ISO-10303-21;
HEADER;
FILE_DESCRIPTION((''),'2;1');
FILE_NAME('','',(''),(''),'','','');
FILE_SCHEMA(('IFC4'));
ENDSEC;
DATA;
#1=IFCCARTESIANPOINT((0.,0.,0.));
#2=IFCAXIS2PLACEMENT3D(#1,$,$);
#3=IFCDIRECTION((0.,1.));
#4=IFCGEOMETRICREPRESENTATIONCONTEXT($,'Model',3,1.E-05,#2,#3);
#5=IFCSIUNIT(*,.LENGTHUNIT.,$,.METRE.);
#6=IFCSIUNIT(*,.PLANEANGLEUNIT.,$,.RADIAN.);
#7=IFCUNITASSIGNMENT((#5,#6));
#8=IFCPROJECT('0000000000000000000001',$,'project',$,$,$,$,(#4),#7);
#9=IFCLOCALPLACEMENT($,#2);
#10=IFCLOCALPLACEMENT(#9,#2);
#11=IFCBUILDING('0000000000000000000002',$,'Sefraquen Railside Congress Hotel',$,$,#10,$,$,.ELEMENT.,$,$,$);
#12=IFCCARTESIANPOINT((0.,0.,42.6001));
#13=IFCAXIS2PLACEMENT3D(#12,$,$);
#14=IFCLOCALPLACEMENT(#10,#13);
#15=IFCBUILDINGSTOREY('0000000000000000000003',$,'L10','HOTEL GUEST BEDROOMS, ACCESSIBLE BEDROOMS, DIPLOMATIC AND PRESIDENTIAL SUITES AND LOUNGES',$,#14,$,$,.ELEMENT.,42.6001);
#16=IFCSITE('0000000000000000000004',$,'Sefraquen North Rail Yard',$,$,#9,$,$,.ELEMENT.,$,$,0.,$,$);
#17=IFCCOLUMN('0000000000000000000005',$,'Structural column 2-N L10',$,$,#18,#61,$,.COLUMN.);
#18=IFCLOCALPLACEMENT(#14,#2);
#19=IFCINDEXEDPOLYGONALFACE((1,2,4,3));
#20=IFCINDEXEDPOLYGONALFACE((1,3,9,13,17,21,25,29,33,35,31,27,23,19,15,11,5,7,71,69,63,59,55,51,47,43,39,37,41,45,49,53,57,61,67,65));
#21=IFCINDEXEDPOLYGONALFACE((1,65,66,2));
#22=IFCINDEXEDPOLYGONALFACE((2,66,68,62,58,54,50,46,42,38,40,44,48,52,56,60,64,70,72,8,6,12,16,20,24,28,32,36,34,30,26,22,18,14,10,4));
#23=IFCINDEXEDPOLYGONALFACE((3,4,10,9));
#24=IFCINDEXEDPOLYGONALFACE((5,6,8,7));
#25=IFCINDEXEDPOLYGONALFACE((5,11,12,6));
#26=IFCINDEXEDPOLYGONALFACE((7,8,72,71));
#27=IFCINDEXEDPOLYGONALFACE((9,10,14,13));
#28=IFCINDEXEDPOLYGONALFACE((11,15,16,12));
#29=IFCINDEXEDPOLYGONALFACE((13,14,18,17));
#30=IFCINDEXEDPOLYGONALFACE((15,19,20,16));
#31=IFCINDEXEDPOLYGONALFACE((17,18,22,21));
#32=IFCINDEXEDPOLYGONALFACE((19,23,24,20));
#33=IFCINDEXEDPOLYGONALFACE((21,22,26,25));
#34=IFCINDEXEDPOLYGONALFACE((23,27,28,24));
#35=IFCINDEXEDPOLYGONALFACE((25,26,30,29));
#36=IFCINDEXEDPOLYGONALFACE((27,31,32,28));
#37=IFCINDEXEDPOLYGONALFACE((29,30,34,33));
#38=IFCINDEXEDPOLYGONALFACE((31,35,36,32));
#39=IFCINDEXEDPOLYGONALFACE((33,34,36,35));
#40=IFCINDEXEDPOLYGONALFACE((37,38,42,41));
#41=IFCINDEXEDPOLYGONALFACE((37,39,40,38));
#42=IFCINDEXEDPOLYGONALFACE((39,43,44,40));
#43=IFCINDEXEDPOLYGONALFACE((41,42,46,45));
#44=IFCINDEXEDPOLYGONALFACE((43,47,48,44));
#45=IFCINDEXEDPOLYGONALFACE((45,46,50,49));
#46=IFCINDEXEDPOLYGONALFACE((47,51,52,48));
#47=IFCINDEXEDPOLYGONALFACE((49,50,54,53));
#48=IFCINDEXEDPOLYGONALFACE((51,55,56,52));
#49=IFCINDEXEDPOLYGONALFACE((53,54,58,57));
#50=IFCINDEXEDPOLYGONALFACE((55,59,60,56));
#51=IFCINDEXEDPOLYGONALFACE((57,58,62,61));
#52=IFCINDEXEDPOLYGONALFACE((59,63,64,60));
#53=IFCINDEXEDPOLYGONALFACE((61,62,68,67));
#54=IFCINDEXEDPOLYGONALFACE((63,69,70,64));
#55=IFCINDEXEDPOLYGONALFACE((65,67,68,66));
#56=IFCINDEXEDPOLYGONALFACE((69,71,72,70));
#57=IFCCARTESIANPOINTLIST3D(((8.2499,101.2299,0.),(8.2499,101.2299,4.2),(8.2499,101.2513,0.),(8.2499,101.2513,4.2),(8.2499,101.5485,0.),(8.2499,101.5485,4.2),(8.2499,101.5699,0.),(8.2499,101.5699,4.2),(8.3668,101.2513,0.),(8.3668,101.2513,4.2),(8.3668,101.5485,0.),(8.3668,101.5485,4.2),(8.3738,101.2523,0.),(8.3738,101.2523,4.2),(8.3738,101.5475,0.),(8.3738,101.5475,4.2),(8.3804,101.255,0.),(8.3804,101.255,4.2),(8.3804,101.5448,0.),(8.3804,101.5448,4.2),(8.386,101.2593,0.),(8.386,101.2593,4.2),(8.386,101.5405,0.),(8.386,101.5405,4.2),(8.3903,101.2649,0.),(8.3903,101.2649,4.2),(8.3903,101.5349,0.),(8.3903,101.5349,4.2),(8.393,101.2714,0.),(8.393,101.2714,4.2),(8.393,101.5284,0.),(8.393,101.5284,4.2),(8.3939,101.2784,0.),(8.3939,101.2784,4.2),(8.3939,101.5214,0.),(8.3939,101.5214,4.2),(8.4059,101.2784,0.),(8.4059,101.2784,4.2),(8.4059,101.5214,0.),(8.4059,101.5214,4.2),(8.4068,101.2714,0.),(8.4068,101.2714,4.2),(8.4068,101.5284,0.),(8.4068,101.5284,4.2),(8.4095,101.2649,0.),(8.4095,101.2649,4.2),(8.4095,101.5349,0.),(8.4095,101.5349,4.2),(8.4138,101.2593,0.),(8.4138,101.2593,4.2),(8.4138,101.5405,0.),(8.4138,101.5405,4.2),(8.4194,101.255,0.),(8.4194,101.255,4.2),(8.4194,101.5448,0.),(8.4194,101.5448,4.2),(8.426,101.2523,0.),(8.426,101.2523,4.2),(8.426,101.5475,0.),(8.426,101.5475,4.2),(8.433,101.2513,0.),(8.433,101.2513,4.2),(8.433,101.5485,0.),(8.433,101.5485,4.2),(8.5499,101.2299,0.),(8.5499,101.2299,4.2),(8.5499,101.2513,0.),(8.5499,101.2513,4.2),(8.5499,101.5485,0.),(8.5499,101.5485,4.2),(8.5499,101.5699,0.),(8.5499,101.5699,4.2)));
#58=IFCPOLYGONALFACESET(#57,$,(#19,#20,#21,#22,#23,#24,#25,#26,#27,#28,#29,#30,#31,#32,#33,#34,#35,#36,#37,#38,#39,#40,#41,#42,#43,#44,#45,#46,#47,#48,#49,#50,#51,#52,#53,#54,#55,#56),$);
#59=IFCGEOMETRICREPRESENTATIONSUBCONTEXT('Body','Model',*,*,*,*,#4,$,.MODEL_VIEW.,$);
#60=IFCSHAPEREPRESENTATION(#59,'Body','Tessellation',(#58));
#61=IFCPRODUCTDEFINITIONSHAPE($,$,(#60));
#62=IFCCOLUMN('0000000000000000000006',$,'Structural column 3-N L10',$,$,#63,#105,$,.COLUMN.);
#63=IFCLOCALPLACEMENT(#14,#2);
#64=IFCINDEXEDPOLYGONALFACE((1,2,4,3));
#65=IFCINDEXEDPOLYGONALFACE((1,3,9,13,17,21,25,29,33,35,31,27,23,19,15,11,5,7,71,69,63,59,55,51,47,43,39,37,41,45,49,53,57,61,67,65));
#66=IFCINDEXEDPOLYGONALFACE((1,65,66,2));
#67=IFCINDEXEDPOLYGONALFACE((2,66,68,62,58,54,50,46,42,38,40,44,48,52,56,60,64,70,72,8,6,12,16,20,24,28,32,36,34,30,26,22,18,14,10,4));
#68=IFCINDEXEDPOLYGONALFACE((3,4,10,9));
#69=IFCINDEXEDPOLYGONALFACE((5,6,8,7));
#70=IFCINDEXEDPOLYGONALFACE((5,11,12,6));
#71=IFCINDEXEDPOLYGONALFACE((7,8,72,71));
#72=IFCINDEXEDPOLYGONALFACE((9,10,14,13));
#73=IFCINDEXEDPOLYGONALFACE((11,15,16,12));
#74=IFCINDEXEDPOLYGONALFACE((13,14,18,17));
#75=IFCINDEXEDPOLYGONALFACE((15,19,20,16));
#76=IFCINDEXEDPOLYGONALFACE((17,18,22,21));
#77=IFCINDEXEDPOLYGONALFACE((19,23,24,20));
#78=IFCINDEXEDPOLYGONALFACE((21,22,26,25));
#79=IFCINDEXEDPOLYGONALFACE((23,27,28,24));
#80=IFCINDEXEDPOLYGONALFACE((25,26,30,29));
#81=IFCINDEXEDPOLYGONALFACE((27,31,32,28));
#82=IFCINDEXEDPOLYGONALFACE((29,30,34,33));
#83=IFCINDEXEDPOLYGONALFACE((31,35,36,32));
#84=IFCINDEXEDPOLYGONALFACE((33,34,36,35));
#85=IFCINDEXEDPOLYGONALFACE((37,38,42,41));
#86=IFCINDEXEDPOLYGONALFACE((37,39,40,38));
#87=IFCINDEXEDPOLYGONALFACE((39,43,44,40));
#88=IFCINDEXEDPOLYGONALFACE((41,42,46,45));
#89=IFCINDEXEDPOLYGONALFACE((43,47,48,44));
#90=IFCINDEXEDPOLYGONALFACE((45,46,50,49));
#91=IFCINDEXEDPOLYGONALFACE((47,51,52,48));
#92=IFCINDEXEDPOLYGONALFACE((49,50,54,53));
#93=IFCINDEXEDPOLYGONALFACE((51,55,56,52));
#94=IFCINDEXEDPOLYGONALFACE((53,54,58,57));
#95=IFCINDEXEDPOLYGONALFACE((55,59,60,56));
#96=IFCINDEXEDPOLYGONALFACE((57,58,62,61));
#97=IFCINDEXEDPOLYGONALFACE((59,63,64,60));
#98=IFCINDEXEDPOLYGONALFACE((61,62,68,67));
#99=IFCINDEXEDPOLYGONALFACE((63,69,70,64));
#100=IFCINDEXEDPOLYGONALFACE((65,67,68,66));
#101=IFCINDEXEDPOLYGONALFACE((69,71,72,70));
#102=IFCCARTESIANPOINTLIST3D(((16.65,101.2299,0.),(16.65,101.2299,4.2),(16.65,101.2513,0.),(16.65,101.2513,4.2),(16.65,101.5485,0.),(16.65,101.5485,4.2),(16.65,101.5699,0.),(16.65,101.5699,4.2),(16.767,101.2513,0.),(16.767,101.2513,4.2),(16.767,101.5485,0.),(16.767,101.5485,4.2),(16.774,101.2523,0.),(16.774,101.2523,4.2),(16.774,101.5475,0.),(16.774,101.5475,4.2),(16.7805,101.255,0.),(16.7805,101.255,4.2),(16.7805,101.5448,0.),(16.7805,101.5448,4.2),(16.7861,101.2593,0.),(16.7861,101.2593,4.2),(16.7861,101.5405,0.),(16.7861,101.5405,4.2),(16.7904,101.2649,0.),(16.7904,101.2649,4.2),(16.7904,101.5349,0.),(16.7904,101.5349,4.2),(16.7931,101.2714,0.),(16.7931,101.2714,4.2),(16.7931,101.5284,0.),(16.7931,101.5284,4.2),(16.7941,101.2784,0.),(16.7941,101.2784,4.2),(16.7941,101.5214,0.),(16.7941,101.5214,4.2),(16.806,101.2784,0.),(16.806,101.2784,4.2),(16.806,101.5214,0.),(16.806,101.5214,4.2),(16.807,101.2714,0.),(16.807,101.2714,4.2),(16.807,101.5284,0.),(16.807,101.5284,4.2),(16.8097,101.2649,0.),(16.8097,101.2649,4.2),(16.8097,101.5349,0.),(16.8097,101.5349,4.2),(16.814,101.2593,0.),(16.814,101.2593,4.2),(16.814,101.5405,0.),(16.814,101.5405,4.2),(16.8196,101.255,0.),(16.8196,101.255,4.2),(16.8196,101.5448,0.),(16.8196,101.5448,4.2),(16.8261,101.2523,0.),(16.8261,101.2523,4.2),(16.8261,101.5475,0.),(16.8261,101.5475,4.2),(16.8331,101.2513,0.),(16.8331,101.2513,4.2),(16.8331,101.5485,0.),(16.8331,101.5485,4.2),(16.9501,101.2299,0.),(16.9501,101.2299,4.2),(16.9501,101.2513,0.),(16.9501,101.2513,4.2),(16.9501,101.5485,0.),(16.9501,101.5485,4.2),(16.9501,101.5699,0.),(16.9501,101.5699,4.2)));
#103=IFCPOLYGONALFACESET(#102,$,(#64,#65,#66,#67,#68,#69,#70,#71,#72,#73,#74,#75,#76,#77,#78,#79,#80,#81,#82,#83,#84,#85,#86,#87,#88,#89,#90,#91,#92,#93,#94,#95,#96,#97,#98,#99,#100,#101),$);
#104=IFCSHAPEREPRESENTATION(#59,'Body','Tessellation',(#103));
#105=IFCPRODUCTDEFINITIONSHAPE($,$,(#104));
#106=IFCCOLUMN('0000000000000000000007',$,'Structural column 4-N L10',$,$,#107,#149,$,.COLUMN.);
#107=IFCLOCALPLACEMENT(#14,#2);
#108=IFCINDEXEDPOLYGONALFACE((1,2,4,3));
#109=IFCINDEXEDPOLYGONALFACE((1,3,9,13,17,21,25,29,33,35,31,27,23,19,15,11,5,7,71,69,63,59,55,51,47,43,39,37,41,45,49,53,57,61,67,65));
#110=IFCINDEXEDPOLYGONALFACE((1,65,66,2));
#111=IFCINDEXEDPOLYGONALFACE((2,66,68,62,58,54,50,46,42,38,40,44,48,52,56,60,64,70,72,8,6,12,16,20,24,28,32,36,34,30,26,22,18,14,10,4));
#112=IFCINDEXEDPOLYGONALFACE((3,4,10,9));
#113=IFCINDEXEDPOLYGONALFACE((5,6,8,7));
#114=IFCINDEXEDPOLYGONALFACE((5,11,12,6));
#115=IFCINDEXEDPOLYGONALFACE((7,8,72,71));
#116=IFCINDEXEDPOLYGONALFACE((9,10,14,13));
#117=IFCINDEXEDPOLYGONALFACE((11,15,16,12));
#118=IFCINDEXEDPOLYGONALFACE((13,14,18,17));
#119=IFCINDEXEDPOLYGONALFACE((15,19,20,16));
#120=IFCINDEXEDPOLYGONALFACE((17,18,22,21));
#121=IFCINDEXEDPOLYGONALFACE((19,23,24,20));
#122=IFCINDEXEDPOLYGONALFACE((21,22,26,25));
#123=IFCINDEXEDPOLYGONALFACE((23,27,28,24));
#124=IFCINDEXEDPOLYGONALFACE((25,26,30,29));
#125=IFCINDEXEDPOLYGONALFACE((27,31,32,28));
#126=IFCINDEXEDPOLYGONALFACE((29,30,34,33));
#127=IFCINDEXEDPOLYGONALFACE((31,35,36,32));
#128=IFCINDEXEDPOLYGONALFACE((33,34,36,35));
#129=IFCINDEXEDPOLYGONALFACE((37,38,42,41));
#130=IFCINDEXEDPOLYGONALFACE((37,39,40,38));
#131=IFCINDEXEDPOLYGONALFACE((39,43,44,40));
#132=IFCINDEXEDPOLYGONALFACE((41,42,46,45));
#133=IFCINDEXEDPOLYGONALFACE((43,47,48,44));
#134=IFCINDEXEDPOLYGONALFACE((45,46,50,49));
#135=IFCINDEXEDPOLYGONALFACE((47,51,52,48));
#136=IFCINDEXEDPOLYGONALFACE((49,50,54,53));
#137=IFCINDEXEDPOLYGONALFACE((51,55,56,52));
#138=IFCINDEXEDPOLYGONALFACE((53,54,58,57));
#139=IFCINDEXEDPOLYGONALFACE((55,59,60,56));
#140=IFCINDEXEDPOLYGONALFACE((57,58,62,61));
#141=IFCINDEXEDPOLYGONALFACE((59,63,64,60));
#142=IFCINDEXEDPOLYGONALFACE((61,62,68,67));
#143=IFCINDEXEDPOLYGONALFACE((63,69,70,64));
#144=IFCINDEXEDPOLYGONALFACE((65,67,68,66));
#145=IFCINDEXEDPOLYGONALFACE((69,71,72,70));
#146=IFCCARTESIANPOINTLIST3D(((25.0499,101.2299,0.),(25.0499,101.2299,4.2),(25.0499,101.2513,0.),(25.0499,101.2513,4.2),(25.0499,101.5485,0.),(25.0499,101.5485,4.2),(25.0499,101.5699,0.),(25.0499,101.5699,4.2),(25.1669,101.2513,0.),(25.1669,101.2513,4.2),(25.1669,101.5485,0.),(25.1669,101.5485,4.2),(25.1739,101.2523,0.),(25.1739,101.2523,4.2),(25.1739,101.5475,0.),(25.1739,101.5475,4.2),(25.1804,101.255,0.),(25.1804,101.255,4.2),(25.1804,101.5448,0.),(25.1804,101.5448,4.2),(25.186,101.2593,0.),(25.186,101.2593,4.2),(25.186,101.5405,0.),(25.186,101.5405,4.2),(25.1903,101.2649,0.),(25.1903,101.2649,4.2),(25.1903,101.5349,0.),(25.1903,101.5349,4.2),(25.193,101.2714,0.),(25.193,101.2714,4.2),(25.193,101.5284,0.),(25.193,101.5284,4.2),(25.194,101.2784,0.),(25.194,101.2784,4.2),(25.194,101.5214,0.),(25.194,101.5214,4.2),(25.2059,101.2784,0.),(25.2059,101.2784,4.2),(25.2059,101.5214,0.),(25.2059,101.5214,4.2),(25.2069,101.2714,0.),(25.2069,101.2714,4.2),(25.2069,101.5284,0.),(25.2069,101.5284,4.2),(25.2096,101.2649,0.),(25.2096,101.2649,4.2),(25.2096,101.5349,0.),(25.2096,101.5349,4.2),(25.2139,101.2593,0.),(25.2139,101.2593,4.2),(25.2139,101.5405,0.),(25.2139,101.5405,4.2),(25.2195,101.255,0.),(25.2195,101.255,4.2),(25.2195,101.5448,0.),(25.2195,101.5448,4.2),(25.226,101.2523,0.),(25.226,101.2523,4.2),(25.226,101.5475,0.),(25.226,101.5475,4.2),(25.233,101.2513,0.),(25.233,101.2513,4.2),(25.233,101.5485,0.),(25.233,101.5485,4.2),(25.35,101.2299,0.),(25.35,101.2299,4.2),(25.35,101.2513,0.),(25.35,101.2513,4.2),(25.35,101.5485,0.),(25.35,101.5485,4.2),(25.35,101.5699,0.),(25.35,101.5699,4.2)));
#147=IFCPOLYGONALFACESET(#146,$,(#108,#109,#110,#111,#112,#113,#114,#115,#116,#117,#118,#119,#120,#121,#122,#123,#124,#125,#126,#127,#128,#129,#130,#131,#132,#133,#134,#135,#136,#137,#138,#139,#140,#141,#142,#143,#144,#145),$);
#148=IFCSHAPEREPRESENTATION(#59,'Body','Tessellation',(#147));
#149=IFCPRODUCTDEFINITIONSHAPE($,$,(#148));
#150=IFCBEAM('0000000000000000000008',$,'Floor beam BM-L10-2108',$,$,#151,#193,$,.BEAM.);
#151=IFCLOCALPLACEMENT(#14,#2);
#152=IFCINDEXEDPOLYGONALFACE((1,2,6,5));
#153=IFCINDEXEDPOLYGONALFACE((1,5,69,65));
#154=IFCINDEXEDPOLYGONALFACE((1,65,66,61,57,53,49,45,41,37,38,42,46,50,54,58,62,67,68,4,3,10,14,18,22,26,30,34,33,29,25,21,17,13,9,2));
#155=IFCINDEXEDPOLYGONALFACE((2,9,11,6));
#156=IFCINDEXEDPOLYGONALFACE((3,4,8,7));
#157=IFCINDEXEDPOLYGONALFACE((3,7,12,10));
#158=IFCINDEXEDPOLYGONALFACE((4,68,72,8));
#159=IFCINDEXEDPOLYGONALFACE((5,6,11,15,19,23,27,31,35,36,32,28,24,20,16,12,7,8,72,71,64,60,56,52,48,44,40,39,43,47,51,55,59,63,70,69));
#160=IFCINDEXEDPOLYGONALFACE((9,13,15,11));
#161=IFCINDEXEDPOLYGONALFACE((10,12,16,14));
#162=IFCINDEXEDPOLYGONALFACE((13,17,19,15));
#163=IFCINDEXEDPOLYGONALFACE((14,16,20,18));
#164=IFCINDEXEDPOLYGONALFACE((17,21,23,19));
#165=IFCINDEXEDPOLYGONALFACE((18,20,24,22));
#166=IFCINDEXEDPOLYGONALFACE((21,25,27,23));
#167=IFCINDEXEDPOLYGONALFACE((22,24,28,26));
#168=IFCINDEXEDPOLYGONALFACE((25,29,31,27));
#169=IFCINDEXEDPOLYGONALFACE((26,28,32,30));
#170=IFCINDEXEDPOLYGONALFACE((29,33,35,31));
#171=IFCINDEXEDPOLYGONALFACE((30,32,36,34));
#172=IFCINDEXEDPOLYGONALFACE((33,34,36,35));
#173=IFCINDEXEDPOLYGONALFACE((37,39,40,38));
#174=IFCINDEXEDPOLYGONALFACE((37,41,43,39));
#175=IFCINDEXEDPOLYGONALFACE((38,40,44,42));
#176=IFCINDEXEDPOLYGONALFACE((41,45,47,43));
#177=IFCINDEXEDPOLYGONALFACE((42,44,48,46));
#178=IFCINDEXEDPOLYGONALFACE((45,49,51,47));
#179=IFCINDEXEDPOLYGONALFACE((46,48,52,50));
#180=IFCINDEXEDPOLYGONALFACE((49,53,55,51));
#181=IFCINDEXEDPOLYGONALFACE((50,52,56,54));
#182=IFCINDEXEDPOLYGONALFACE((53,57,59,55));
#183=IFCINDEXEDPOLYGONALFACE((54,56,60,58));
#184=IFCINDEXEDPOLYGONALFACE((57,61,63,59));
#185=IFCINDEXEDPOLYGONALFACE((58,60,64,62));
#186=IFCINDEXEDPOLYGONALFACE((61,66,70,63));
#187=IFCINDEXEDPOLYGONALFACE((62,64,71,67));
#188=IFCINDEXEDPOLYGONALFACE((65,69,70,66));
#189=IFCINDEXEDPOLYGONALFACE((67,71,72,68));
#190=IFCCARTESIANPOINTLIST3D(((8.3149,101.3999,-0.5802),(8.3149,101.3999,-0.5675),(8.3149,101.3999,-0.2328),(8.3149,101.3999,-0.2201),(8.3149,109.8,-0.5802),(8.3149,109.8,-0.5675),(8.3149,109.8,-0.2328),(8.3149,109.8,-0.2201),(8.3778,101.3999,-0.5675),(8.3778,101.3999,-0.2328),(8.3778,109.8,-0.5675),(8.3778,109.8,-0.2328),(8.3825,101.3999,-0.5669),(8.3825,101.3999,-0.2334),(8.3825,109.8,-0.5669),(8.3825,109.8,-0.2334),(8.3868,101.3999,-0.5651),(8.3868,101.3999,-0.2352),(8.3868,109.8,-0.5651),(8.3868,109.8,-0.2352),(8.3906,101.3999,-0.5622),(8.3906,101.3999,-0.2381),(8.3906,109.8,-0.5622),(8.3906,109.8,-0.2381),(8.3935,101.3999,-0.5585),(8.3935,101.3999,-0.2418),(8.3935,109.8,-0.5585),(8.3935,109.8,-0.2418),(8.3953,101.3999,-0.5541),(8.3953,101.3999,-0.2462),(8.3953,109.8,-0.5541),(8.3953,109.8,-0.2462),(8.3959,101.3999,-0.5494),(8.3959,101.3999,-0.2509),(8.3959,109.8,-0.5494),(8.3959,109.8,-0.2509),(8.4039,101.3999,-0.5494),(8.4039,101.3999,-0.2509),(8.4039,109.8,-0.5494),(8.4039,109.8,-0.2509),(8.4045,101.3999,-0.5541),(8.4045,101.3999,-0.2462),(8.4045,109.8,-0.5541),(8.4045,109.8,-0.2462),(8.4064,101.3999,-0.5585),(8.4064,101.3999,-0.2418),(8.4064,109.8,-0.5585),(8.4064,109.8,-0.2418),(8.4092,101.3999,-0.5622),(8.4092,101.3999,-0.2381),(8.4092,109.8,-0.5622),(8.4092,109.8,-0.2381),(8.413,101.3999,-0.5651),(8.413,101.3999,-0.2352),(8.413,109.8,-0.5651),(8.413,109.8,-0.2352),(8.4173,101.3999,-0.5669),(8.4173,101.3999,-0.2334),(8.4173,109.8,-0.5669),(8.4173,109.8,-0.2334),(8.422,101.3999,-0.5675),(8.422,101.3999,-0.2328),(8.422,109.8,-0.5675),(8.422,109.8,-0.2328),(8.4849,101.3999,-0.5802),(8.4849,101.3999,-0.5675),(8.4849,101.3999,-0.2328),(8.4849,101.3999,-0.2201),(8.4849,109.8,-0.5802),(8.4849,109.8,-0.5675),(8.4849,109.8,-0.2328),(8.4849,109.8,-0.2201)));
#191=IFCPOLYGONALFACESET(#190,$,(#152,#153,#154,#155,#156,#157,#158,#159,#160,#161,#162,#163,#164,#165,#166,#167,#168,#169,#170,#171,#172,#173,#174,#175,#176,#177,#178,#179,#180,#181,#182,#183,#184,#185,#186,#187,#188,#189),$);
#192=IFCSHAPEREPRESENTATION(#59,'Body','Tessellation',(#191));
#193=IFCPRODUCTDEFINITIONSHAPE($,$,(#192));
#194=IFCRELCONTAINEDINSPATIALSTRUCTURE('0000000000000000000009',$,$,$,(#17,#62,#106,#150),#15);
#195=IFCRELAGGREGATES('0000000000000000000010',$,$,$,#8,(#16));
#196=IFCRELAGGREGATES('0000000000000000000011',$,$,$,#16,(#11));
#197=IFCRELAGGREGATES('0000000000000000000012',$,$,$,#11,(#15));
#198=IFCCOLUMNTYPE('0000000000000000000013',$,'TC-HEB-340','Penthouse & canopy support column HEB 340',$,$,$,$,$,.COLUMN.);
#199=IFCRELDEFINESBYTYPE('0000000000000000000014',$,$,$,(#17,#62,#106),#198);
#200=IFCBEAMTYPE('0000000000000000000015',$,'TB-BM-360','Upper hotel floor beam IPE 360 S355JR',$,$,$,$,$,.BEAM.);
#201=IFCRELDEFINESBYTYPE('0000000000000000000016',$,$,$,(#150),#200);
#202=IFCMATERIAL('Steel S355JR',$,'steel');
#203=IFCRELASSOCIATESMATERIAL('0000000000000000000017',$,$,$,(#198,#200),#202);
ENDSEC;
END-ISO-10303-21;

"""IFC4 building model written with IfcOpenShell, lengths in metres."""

from ifc_helpers import new_model, si_unit, direction, frame, origin, origin_2d, place, context, subcontext, project, spatial, i_section, extrude, material, material_profile, profile_set, type_object, element, save


model = new_model("IFC4")

# Units and contexts
model_context = context("Model", 3, precision=1e-05, world=origin(), true_north=direction((0.0, 1.0)))
body_context = subcontext(model_context, "Body", "Model", "MODEL_VIEW")
ifc_project = project(units=[si_unit("LENGTHUNIT", "METRE"), si_unit("PLANEANGLEUNIT", "RADIAN")], contexts=[model_context])

# Site, building, storey
site_placement = place(None, origin())
site = spatial("IfcSite", under=ifc_project, at=site_placement, Name="Sefraquen North Rail Yard", CompositionType="ELEMENT", RefElevation=0.0)
building_placement = place(site_placement, origin())
building = spatial("IfcBuilding", under=site, at=building_placement, Name="Sefraquen Railside Congress Hotel", CompositionType="ELEMENT")
storey_placement = place(building_placement, frame((0.0, 0.0, 42.6001)))
storey = spatial("IfcBuildingStorey", under=building, at=storey_placement, Name="L10", Description="HOTEL GUEST BEDROOMS, ACCESSIBLE BEDROOMS, DIPLOMATIC AND PRESIDENTIAL SUITES AND LOUNGES", CompositionType="ELEMENT", Elevation=42.6001)

# Columns
ifc_material_1 = material(Name="Steel S355JR", Category="steel")
ifc_material_profile_1 = material_profile(ifc_material_1, i_section(OverallWidth=0.3, OverallDepth=0.3401, WebThickness=0.012, FlangeThickness=0.0215, FilletRadius=0.0271, at=origin_2d()), Name="HEB 340")
ifc_profile_set_1 = profile_set([ifc_material_profile_1], Name="Steel S355JR")
column_type = type_object("IfcColumnType", Name="TC-HEB-340", Description="Penthouse & canopy support column HEB 340", PredefinedType="COLUMN", material=ifc_profile_set_1)
for number, where, z_axis, x_axis, name in (
    (1, (8.3999, 101.3999, 0.0), (0.0, 0.0, 1.0), (1.0, 0.0, 0.0), "Structural column 2-N L10"),
    (2, (16.8, 101.3999, 0.0), (0.0, 0.0, 1.0), (1.0, 0.0, 0.0), "Structural column 3-N L10"),
    (3, (25.2, 101.3999, 0.0), (0.0, 0.0, 1.0), (1.0, 0.0, 0.0), "Structural column 4-N L10"),
):
    element("IfcColumn", number, at=place(storey_placement, frame(where, z_axis=z_axis, x_axis=x_axis)), inside=storey, type_object=column_type, Name=name, PredefinedType="COLUMN", context=body_context, shape_type="SweptSolid", body=[
        extrude(i_section(OverallWidth=0.3, OverallDepth=0.3401, WebThickness=0.012, FlangeThickness=0.0215, FilletRadius=0.0271, at=origin_2d()), origin(), (0.0, 0.0, 1.0), 4.2),
    ])

# Beam
ifc_material_profile_2 = material_profile(ifc_material_1, i_section(OverallWidth=0.1699, OverallDepth=0.3601, WebThickness=0.0081, FlangeThickness=0.0127, FilletRadius=0.0181, at=origin_2d()), Name="IPE 360")
ifc_profile_set_2 = profile_set([ifc_material_profile_2], Name="Steel S355JR")
beam_type_1 = type_object("IfcBeamType", Name="TB-BM-360", Description="Upper hotel floor beam IPE 360 S355JR", PredefinedType="BEAM", material=ifc_profile_set_2)
for number, where, z_axis, x_axis, name in (
    (4, (8.3999, 101.3999, -0.4001), (0.0, 1.0, 0.0), (-1.0, 0.0, 0.0), "Floor beam BM-L10-2108"),
):
    element("IfcBeam", number, at=place(storey_placement, frame(where, z_axis=z_axis, x_axis=x_axis)), inside=storey, type_object=beam_type_1, Name=name, PredefinedType="BEAM", context=body_context, shape_type="SweptSolid", body=[
        extrude(i_section(OverallWidth=0.1699, OverallDepth=0.3601, WebThickness=0.0081, FlangeThickness=0.0127, FilletRadius=0.0181, at=origin_2d()), origin(), (0.0, 0.0, 1.0), 8.4001),
    ])

save(model, "model.ifc")
